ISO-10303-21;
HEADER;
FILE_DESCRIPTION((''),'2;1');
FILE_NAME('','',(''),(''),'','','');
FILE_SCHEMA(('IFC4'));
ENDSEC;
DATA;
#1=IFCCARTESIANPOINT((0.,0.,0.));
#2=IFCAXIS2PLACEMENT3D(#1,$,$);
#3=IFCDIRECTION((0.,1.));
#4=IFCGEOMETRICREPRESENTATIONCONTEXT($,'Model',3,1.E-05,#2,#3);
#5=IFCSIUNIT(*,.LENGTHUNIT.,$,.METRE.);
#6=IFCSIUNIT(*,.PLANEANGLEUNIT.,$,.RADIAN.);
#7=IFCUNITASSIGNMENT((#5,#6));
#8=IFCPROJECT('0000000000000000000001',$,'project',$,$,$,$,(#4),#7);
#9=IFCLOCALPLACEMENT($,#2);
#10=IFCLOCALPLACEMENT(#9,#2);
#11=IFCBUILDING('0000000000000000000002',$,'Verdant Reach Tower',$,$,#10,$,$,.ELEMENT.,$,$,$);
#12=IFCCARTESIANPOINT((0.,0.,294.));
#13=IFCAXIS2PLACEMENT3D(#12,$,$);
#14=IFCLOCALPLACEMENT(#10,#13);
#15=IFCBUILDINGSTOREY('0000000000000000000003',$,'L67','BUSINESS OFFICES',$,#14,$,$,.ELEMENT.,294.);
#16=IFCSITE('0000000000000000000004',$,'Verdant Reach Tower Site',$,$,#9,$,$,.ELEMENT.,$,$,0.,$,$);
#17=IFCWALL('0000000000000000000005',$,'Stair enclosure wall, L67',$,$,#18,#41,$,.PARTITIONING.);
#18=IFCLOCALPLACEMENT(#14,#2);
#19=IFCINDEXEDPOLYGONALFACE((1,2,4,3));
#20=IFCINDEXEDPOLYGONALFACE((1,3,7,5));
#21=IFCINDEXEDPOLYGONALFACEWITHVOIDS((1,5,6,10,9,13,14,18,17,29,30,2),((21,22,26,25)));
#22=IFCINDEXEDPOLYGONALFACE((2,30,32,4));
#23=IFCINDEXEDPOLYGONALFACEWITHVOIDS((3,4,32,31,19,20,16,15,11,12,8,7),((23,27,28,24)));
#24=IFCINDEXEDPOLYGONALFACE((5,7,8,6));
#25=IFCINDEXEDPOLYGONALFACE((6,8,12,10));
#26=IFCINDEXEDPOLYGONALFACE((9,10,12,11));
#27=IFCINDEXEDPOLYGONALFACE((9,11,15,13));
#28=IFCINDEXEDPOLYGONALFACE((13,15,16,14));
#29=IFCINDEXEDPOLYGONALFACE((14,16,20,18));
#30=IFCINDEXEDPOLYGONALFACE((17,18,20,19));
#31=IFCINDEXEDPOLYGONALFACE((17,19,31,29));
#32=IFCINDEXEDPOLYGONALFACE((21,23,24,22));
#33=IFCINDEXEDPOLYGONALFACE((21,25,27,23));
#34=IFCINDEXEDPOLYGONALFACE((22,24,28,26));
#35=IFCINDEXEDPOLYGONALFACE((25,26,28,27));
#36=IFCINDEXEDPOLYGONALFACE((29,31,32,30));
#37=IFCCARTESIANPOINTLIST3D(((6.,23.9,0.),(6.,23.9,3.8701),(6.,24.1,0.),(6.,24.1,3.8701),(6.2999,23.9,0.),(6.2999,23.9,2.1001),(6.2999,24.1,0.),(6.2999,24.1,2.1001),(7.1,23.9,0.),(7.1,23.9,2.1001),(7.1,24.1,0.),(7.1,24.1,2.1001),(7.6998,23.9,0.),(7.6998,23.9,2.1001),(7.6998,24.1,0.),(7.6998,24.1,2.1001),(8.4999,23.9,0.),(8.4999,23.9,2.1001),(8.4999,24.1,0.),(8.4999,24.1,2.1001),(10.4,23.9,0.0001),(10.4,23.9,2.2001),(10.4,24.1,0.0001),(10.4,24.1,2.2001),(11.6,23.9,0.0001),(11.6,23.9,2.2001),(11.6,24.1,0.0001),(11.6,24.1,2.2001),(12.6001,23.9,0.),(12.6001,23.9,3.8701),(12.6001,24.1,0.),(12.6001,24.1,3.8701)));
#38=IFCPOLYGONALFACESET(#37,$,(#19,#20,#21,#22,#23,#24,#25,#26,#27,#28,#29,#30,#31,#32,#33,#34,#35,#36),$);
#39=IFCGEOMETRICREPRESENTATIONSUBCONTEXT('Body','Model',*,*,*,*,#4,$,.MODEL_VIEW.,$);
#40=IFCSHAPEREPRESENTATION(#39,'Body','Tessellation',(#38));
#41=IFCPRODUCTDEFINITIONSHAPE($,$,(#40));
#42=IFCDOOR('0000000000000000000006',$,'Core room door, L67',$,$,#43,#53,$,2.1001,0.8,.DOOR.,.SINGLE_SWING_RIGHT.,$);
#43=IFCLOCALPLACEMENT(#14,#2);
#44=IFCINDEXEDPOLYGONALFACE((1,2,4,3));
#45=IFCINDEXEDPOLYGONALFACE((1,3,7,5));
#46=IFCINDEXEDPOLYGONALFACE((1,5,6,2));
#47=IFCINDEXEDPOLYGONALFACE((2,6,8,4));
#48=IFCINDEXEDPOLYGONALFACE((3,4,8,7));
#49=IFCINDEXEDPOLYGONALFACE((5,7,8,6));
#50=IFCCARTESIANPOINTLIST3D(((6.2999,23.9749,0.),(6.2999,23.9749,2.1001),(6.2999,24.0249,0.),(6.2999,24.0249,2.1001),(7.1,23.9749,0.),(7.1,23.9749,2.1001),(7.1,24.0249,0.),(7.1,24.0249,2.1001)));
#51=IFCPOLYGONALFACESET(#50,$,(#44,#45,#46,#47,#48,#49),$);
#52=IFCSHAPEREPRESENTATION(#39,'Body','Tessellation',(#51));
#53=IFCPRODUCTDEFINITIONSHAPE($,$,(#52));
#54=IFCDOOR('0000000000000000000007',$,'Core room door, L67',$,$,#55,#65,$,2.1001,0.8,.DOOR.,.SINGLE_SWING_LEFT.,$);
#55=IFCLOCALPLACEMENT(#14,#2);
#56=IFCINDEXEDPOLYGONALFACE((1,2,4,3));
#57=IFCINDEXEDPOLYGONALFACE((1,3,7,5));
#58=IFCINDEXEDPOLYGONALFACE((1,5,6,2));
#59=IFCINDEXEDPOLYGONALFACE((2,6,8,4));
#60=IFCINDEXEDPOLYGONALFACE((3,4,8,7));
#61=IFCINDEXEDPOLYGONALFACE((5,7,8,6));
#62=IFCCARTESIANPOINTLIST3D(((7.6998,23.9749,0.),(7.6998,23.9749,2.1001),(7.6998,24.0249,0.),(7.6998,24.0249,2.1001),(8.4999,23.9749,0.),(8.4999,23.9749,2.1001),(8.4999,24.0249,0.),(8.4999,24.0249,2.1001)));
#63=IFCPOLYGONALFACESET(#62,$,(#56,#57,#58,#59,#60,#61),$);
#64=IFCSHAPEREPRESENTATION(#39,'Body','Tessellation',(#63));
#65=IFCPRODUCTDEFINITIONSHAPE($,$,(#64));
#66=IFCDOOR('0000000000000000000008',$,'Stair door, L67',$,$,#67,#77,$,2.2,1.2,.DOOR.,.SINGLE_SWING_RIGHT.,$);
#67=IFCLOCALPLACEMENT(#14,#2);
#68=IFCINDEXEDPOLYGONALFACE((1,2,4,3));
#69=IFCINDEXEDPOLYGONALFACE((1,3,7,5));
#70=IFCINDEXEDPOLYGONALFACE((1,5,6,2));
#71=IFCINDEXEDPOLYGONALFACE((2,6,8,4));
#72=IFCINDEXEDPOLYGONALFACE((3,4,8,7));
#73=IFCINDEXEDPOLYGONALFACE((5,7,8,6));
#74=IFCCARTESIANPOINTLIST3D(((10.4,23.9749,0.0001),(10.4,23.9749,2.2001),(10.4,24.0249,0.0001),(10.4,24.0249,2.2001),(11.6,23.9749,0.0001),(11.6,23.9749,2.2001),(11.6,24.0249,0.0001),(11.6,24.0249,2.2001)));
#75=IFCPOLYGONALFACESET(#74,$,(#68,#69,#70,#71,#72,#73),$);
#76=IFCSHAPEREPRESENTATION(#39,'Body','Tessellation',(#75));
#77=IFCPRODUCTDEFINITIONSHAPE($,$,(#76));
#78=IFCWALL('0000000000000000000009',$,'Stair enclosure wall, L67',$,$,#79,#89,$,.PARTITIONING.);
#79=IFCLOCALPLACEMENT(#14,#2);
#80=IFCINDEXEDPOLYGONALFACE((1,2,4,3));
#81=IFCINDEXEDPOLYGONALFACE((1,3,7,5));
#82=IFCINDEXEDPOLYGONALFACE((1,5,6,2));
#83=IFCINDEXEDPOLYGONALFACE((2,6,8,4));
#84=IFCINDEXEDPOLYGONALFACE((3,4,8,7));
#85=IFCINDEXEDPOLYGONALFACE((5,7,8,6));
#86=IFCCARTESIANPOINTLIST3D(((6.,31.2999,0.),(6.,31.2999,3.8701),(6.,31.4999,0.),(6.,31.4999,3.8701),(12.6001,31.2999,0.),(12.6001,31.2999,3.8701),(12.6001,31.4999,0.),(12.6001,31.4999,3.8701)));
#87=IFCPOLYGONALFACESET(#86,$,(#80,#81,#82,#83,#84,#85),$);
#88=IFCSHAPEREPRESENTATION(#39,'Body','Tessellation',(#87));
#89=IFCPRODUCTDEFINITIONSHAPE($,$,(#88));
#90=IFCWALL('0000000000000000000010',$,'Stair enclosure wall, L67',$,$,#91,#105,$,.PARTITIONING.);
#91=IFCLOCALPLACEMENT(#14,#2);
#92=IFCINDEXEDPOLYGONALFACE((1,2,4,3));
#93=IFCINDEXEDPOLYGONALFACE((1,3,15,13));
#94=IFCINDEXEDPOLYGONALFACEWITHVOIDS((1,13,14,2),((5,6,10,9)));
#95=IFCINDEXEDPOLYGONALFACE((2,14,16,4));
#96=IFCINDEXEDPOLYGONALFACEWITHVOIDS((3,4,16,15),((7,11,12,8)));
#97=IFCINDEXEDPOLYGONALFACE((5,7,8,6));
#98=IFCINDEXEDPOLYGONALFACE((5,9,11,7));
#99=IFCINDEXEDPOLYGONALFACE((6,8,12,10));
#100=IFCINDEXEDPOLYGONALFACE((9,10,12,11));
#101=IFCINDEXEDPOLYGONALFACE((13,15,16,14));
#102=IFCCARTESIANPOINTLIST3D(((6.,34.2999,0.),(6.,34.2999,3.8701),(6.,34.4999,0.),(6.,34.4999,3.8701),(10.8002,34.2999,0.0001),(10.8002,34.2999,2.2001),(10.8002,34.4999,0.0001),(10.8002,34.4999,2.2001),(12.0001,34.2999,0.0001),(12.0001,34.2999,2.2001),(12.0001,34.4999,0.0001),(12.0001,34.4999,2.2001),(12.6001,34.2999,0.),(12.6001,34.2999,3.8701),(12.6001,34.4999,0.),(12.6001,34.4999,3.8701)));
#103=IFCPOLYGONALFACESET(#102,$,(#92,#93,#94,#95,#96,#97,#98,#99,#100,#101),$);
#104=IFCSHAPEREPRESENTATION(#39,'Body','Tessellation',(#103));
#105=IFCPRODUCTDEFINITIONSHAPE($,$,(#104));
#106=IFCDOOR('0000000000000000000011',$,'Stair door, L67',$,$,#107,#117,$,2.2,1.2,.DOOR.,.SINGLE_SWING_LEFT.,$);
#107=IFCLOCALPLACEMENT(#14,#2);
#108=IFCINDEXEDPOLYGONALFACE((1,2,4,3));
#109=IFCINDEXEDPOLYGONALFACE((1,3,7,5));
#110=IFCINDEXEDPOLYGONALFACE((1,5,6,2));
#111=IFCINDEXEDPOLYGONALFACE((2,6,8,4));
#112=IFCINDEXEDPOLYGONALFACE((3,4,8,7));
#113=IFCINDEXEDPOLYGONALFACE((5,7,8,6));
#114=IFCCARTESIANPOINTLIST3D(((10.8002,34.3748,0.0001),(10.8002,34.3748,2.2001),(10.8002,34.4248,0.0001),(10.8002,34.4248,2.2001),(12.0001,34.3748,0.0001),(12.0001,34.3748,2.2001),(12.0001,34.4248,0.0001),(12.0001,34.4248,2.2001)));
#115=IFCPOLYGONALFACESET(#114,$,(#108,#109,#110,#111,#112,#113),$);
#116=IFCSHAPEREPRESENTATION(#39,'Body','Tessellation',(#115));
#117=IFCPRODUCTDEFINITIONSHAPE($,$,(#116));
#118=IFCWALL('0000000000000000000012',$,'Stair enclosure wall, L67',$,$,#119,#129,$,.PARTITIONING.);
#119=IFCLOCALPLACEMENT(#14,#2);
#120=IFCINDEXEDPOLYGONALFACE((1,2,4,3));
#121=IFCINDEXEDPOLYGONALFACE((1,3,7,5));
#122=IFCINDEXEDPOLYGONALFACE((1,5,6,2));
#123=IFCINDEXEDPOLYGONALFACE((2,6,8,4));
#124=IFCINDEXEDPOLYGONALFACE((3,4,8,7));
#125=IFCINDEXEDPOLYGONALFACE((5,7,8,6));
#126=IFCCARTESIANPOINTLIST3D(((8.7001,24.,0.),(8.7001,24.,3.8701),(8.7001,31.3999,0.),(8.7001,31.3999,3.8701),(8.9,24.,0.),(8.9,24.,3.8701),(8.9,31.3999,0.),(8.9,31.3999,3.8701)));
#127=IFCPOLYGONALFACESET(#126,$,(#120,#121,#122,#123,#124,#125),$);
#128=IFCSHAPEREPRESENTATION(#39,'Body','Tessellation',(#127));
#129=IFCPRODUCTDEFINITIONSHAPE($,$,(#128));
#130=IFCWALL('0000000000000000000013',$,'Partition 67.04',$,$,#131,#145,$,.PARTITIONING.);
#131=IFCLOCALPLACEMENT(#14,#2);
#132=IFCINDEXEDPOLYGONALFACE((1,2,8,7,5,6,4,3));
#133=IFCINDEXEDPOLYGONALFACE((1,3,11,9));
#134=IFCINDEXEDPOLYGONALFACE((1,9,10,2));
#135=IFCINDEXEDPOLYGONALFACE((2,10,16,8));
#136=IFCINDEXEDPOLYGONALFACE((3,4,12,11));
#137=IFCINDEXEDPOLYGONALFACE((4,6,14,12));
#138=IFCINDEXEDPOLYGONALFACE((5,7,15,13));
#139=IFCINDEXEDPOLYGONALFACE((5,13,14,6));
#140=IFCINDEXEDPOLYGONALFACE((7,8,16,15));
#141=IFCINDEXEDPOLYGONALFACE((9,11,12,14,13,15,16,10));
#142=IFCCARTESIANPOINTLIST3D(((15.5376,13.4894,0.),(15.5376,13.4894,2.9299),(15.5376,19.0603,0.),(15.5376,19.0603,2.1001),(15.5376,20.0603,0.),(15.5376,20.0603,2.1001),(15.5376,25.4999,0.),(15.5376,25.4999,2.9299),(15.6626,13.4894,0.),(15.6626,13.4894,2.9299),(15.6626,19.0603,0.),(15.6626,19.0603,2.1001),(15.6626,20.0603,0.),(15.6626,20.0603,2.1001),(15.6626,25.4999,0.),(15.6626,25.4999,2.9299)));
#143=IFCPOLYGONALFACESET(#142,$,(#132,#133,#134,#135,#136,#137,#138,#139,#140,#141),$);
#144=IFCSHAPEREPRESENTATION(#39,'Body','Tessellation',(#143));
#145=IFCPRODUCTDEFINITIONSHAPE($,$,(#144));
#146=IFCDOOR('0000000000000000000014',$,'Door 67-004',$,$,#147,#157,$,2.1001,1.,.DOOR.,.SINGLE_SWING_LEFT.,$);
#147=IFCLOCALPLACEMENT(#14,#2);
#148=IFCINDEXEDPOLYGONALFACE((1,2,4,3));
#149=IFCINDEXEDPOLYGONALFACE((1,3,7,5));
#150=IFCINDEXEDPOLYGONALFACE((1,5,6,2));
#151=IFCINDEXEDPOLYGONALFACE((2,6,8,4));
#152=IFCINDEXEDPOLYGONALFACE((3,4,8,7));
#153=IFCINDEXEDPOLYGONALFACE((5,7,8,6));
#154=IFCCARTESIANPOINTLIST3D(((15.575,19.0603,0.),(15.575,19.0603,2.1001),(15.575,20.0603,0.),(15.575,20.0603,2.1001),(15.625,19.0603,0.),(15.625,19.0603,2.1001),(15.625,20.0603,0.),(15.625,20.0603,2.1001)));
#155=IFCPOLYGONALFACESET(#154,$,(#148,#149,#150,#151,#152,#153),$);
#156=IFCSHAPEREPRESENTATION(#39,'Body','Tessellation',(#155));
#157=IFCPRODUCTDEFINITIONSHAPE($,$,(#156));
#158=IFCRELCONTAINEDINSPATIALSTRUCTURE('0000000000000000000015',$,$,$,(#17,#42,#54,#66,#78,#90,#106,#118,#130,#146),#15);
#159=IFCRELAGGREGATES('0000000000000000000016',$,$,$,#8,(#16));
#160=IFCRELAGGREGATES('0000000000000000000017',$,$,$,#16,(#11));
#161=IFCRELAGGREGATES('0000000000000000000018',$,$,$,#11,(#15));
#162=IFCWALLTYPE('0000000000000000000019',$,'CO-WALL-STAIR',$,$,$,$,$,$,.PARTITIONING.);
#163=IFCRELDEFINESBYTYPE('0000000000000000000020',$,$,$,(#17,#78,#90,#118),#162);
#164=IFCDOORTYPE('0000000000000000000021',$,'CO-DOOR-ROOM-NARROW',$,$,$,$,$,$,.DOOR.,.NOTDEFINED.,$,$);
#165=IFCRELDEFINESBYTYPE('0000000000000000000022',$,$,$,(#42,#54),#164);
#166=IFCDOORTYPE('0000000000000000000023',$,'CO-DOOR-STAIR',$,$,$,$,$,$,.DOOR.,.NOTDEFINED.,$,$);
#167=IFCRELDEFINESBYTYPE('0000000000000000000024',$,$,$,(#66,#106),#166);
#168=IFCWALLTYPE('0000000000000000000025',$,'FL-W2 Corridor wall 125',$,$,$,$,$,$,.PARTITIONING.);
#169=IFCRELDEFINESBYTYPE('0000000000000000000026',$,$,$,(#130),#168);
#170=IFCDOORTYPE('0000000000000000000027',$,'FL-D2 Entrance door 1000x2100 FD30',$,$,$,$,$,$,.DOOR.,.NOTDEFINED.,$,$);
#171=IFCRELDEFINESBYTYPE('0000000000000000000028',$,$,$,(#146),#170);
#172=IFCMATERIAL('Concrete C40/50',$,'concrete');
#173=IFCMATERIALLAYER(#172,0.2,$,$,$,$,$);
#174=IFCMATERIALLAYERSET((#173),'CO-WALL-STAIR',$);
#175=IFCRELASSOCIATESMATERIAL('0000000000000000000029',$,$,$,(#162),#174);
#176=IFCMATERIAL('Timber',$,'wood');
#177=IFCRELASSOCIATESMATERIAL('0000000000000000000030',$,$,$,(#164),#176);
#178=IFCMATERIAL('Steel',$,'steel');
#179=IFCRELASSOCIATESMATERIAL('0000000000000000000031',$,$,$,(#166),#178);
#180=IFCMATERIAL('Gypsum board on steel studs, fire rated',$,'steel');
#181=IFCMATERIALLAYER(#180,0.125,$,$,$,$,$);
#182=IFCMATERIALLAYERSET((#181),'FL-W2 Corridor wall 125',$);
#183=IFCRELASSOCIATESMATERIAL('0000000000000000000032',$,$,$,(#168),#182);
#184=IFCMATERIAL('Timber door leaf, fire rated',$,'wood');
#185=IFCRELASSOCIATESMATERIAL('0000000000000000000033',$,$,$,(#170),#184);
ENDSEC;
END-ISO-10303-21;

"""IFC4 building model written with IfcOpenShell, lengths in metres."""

from ifc_helpers import new_model, si_unit, direction, frame, frame_2d, origin, place, context, subcontext, project, spatial, rectangle, extrude, material, layer, layer_set, type_object, element, fill, save


model = new_model("IFC4")

# Units and contexts
model_context = context("Model", 3, precision=1e-05, world=origin(), true_north=direction((0.0, 1.0)))
body_context = subcontext(model_context, "Body", "Model", "MODEL_VIEW")
ifc_project = project(units=[si_unit("LENGTHUNIT", "METRE"), si_unit("PLANEANGLEUNIT", "RADIAN")], contexts=[model_context])

# Site, building, storey
site_placement = place(None, origin())
site = spatial("IfcSite", under=ifc_project, at=site_placement, Name="Verdant Reach Tower Site", CompositionType="ELEMENT", RefElevation=0.0)
building_placement = place(site_placement, origin())
building = spatial("IfcBuilding", under=site, at=building_placement, Name="Verdant Reach Tower", CompositionType="ELEMENT")
storey_placement = place(building_placement, frame((0.0, 0.0, 294.0)))
storey = spatial("IfcBuildingStorey", under=building, at=storey_placement, Name="L67", Description="BUSINESS OFFICES", CompositionType="ELEMENT", Elevation=294.0)

# Shared definitions
ifc_material_1 = material(Name="Timber", Category="wood")

# Shared definitions
ifc_material_2 = material(Name="Concrete C40/50", Category="concrete")

# Wall, openings, doors
ifc_layer_1 = layer(ifc_material_2, 0.2)
ifc_layer_set_1 = layer_set([ifc_layer_1], Name="CO-WALL-STAIR")
wall_type_1 = type_object("IfcWallType", Name="CO-WALL-STAIR", PredefinedType="PARTITIONING", material=ifc_layer_set_1)
wall_1_placement = place(storey_placement, frame((6.0, 24.0, 0.0), z_axis=(0.0, 0.0, 1.0), x_axis=(1.0, 0.0, 0.0)))
wall_1 = element("IfcWall", 1, at=wall_1_placement, inside=storey, type_object=wall_type_1, Name="Stair enclosure wall, L67", PredefinedType="PARTITIONING", context=body_context, shape_type="SweptSolid", body=[
    extrude(rectangle(XDim=6.6001, YDim=0.2, at=frame_2d((3.3, 0.0))), origin(), (0.0, 0.0, 1.0), 3.8701),
])
opening_1_placement = place(wall_1_placement, frame((0.3, 0.0, 0.0)))
opening_1 = element("IfcOpeningElement", 2, at=opening_1_placement, cuts=wall_1, PredefinedType="OPENING", context=body_context, shape_type="SweptSolid", body=[
    extrude(rectangle(XDim=0.8, YDim=2.1001, at=frame_2d((0.3999, 1.05))), frame((0.0, 0.1099, 0.0), z_axis=(0.0, -1.0, 0.0), x_axis=(1.0, 0.0, 0.0)), (0.0, 0.0, 1.0), 0.22),
])
opening_2_placement = place(wall_1_placement, frame((1.7, 0.0, 0.0)))
opening_2 = element("IfcOpeningElement", 3, at=opening_2_placement, cuts=wall_1, PredefinedType="OPENING", context=body_context, shape_type="SweptSolid", body=[
    extrude(rectangle(XDim=0.8, YDim=2.1001, at=frame_2d((0.3999, 1.05))), frame((0.0, 0.1099, 0.0), z_axis=(0.0, -1.0, 0.0), x_axis=(1.0, 0.0, 0.0)), (0.0, 0.0, 1.0), 0.22),
])
opening_3_placement = place(wall_1_placement, frame((4.3999, 0.0, 0.0)))
opening_3 = element("IfcOpeningElement", 4, at=opening_3_placement, cuts=wall_1, PredefinedType="OPENING", context=body_context, shape_type="SweptSolid", body=[
    extrude(rectangle(XDim=1.2, YDim=2.2, at=frame_2d((0.6001, 1.1001))), frame((0.0, 0.1099, 0.0), z_axis=(0.0, -1.0, 0.0), x_axis=(1.0, 0.0, 0.0)), (0.0, 0.0, 1.0), 0.22),
])
door_type_1 = type_object("IfcDoorType", Name="CO-DOOR-ROOM-NARROW", OperationType="NOTDEFINED", PredefinedType="DOOR", material=ifc_material_1)
door_1_placement = place(opening_1_placement, origin())
door_1 = element("IfcDoor", 5, at=door_1_placement, inside=storey, type_object=door_type_1, Name="Core room door, L67", OperationType="SINGLE_SWING_RIGHT", OverallHeight=2.1001, OverallWidth=0.8, PredefinedType="DOOR", context=body_context, shape_type="SweptSolid", body=[
    extrude(rectangle(XDim=0.8, YDim=2.1001, at=frame_2d((0.3999, 1.05))), frame((0.0, 0.0249, 0.0), z_axis=(0.0, -1.0, 0.0), x_axis=(1.0, 0.0, 0.0)), (0.0, 0.0, 1.0), 0.05),
])
fill(opening_1, door_1)
door_2_placement = place(opening_2_placement, origin())
door_2 = element("IfcDoor", 6, at=door_2_placement, inside=storey, type_object=door_type_1, Name="Core room door, L67", OperationType="SINGLE_SWING_LEFT", OverallHeight=2.1001, OverallWidth=0.8, PredefinedType="DOOR", context=body_context, shape_type="SweptSolid", body=[
    extrude(rectangle(XDim=0.8, YDim=2.1001, at=frame_2d((0.3999, 1.05))), frame((0.0, 0.0249, 0.0), z_axis=(0.0, -1.0, 0.0), x_axis=(1.0, 0.0, 0.0)), (0.0, 0.0, 1.0), 0.05),
])
fill(opening_2, door_2)
ifc_material_3 = material(Name="Steel", Category="steel")
door_type_2 = type_object("IfcDoorType", Name="CO-DOOR-STAIR", OperationType="NOTDEFINED", PredefinedType="DOOR", material=ifc_material_3)
door_3_placement = place(opening_3_placement, origin())
door_3 = element("IfcDoor", 7, at=door_3_placement, inside=storey, type_object=door_type_2, Name="Stair door, L67", OperationType="SINGLE_SWING_RIGHT", OverallHeight=2.2, OverallWidth=1.2, PredefinedType="DOOR", context=body_context, shape_type="SweptSolid", body=[
    extrude(rectangle(XDim=1.2, YDim=2.2, at=frame_2d((0.6001, 1.1001))), frame((0.0, 0.0249, 0.0), z_axis=(0.0, -1.0, 0.0), x_axis=(1.0, 0.0, 0.0)), (0.0, 0.0, 1.0), 0.05),
])
fill(opening_3, door_3)

# Wall
wall_2_placement = place(storey_placement, frame((6.0, 31.3999, 0.0), z_axis=(0.0, 0.0, 1.0), x_axis=(1.0, 0.0, 0.0)))
element("IfcWall", 8, at=wall_2_placement, inside=storey, type_object=wall_type_1, Name="Stair enclosure wall, L67", PredefinedType="PARTITIONING", context=body_context, shape_type="SweptSolid", body=[
    extrude(rectangle(XDim=6.6001, YDim=0.2, at=frame_2d((3.3, 0.0))), origin(), (0.0, 0.0, 1.0), 3.8701),
])

# Wall, opening, door
wall_3_placement = place(storey_placement, frame((6.0, 34.3999, 0.0), z_axis=(0.0, 0.0, 1.0), x_axis=(1.0, 0.0, 0.0)))
wall_3 = element("IfcWall", 9, at=wall_3_placement, inside=storey, type_object=wall_type_1, Name="Stair enclosure wall, L67", PredefinedType="PARTITIONING", context=body_context, shape_type="SweptSolid", body=[
    extrude(rectangle(XDim=6.6001, YDim=0.2, at=frame_2d((3.3, 0.0))), origin(), (0.0, 0.0, 1.0), 3.8701),
])
opening_4_placement = place(wall_3_placement, frame((4.8, 0.0, 0.0)))
opening_4 = element("IfcOpeningElement", 10, at=opening_4_placement, cuts=wall_3, PredefinedType="OPENING", context=body_context, shape_type="SweptSolid", body=[
    extrude(rectangle(XDim=1.2, YDim=2.2, at=frame_2d((0.6001, 1.1001))), frame((0.0, 0.1099, 0.0), z_axis=(0.0, -1.0, 0.0), x_axis=(1.0, 0.0, 0.0)), (0.0, 0.0, 1.0), 0.22),
])
door_4_placement = place(opening_4_placement, origin())
door_4 = element("IfcDoor", 11, at=door_4_placement, inside=storey, type_object=door_type_2, Name="Stair door, L67", OperationType="SINGLE_SWING_LEFT", OverallHeight=2.2, OverallWidth=1.2, PredefinedType="DOOR", context=body_context, shape_type="SweptSolid", body=[
    extrude(rectangle(XDim=1.2, YDim=2.2, at=frame_2d((0.6001, 1.1001))), frame((0.0, 0.0249, 0.0), z_axis=(0.0, -1.0, 0.0), x_axis=(1.0, 0.0, 0.0)), (0.0, 0.0, 1.0), 0.05),
])
fill(opening_4, door_4)

# Wall
wall_4_placement = place(storey_placement, frame((8.8, 24.0, 0.0), z_axis=(0.0, 0.0, 1.0), x_axis=(0.0, 1.0, 0.0)))
element("IfcWall", 12, at=wall_4_placement, inside=storey, type_object=wall_type_1, Name="Stair enclosure wall, L67", PredefinedType="PARTITIONING", context=body_context, shape_type="SweptSolid", body=[
    extrude(rectangle(XDim=7.3999, YDim=0.2, at=frame_2d((3.7, 0.0))), origin(), (0.0, 0.0, 1.0), 3.8701),
])

# Wall, opening, door
ifc_material_4 = material(Name="Gypsum board on steel studs, fire rated", Category="steel")
ifc_layer_2 = layer(ifc_material_4, 0.125)
ifc_layer_set_2 = layer_set([ifc_layer_2], Name="FL-W2 Corridor wall 125")
wall_type_2 = type_object("IfcWallType", Name="FL-W2 Corridor wall 125", PredefinedType="PARTITIONING", material=ifc_layer_set_2)
wall_5_placement = place(storey_placement, frame((15.6001, 25.5, 0.0), z_axis=(0.0, 0.0, 1.0), x_axis=(0.0, -1.0, 0.0)))
wall_5 = element("IfcWall", 13, at=wall_5_placement, inside=storey, type_object=wall_type_2, Name="Partition 67.04", PredefinedType="PARTITIONING", context=body_context, shape_type="SweptSolid", body=[
    extrude(rectangle(XDim=12.0105, YDim=0.125, at=frame_2d((6.0054, 0.0))), origin(), (0.0, 0.0, 1.0), 2.9299),
])
opening_5_placement = place(wall_5_placement, frame((5.4397, 0.0, 0.0)))
opening_5 = element("IfcOpeningElement", 14, at=opening_5_placement, cuts=wall_5, PredefinedType="OPENING", context=body_context, shape_type="SweptSolid", body=[
    extrude(rectangle(XDim=1.0, YDim=2.1001, at=frame_2d((0.5, 1.05))), frame((0.0, 0.0725, 0.0), z_axis=(0.0, -1.0, 0.0), x_axis=(1.0, 0.0, 0.0)), (0.0, 0.0, 1.0), 0.145),
])
ifc_material_5 = material(Name="Timber door leaf, fire rated", Category="wood")
door_type_3 = type_object("IfcDoorType", Name="FL-D2 Entrance door 1000x2100 FD30", OperationType="NOTDEFINED", PredefinedType="DOOR", material=ifc_material_5)
door_5_placement = place(opening_5_placement, origin())
door_5 = element("IfcDoor", 15, at=door_5_placement, inside=storey, type_object=door_type_3, Name="Door 67-004", OperationType="SINGLE_SWING_LEFT", OverallHeight=2.1001, OverallWidth=1.0, PredefinedType="DOOR", context=body_context, shape_type="SweptSolid", body=[
    extrude(rectangle(XDim=1.0, YDim=2.1001, at=frame_2d((0.5, 1.05))), frame((0.0, 0.0249, 0.0), z_axis=(0.0, -1.0, 0.0), x_axis=(1.0, 0.0, 0.0)), (0.0, 0.0, 1.0), 0.05),
])
fill(opening_5, door_5)

save(model, "model.ifc")
